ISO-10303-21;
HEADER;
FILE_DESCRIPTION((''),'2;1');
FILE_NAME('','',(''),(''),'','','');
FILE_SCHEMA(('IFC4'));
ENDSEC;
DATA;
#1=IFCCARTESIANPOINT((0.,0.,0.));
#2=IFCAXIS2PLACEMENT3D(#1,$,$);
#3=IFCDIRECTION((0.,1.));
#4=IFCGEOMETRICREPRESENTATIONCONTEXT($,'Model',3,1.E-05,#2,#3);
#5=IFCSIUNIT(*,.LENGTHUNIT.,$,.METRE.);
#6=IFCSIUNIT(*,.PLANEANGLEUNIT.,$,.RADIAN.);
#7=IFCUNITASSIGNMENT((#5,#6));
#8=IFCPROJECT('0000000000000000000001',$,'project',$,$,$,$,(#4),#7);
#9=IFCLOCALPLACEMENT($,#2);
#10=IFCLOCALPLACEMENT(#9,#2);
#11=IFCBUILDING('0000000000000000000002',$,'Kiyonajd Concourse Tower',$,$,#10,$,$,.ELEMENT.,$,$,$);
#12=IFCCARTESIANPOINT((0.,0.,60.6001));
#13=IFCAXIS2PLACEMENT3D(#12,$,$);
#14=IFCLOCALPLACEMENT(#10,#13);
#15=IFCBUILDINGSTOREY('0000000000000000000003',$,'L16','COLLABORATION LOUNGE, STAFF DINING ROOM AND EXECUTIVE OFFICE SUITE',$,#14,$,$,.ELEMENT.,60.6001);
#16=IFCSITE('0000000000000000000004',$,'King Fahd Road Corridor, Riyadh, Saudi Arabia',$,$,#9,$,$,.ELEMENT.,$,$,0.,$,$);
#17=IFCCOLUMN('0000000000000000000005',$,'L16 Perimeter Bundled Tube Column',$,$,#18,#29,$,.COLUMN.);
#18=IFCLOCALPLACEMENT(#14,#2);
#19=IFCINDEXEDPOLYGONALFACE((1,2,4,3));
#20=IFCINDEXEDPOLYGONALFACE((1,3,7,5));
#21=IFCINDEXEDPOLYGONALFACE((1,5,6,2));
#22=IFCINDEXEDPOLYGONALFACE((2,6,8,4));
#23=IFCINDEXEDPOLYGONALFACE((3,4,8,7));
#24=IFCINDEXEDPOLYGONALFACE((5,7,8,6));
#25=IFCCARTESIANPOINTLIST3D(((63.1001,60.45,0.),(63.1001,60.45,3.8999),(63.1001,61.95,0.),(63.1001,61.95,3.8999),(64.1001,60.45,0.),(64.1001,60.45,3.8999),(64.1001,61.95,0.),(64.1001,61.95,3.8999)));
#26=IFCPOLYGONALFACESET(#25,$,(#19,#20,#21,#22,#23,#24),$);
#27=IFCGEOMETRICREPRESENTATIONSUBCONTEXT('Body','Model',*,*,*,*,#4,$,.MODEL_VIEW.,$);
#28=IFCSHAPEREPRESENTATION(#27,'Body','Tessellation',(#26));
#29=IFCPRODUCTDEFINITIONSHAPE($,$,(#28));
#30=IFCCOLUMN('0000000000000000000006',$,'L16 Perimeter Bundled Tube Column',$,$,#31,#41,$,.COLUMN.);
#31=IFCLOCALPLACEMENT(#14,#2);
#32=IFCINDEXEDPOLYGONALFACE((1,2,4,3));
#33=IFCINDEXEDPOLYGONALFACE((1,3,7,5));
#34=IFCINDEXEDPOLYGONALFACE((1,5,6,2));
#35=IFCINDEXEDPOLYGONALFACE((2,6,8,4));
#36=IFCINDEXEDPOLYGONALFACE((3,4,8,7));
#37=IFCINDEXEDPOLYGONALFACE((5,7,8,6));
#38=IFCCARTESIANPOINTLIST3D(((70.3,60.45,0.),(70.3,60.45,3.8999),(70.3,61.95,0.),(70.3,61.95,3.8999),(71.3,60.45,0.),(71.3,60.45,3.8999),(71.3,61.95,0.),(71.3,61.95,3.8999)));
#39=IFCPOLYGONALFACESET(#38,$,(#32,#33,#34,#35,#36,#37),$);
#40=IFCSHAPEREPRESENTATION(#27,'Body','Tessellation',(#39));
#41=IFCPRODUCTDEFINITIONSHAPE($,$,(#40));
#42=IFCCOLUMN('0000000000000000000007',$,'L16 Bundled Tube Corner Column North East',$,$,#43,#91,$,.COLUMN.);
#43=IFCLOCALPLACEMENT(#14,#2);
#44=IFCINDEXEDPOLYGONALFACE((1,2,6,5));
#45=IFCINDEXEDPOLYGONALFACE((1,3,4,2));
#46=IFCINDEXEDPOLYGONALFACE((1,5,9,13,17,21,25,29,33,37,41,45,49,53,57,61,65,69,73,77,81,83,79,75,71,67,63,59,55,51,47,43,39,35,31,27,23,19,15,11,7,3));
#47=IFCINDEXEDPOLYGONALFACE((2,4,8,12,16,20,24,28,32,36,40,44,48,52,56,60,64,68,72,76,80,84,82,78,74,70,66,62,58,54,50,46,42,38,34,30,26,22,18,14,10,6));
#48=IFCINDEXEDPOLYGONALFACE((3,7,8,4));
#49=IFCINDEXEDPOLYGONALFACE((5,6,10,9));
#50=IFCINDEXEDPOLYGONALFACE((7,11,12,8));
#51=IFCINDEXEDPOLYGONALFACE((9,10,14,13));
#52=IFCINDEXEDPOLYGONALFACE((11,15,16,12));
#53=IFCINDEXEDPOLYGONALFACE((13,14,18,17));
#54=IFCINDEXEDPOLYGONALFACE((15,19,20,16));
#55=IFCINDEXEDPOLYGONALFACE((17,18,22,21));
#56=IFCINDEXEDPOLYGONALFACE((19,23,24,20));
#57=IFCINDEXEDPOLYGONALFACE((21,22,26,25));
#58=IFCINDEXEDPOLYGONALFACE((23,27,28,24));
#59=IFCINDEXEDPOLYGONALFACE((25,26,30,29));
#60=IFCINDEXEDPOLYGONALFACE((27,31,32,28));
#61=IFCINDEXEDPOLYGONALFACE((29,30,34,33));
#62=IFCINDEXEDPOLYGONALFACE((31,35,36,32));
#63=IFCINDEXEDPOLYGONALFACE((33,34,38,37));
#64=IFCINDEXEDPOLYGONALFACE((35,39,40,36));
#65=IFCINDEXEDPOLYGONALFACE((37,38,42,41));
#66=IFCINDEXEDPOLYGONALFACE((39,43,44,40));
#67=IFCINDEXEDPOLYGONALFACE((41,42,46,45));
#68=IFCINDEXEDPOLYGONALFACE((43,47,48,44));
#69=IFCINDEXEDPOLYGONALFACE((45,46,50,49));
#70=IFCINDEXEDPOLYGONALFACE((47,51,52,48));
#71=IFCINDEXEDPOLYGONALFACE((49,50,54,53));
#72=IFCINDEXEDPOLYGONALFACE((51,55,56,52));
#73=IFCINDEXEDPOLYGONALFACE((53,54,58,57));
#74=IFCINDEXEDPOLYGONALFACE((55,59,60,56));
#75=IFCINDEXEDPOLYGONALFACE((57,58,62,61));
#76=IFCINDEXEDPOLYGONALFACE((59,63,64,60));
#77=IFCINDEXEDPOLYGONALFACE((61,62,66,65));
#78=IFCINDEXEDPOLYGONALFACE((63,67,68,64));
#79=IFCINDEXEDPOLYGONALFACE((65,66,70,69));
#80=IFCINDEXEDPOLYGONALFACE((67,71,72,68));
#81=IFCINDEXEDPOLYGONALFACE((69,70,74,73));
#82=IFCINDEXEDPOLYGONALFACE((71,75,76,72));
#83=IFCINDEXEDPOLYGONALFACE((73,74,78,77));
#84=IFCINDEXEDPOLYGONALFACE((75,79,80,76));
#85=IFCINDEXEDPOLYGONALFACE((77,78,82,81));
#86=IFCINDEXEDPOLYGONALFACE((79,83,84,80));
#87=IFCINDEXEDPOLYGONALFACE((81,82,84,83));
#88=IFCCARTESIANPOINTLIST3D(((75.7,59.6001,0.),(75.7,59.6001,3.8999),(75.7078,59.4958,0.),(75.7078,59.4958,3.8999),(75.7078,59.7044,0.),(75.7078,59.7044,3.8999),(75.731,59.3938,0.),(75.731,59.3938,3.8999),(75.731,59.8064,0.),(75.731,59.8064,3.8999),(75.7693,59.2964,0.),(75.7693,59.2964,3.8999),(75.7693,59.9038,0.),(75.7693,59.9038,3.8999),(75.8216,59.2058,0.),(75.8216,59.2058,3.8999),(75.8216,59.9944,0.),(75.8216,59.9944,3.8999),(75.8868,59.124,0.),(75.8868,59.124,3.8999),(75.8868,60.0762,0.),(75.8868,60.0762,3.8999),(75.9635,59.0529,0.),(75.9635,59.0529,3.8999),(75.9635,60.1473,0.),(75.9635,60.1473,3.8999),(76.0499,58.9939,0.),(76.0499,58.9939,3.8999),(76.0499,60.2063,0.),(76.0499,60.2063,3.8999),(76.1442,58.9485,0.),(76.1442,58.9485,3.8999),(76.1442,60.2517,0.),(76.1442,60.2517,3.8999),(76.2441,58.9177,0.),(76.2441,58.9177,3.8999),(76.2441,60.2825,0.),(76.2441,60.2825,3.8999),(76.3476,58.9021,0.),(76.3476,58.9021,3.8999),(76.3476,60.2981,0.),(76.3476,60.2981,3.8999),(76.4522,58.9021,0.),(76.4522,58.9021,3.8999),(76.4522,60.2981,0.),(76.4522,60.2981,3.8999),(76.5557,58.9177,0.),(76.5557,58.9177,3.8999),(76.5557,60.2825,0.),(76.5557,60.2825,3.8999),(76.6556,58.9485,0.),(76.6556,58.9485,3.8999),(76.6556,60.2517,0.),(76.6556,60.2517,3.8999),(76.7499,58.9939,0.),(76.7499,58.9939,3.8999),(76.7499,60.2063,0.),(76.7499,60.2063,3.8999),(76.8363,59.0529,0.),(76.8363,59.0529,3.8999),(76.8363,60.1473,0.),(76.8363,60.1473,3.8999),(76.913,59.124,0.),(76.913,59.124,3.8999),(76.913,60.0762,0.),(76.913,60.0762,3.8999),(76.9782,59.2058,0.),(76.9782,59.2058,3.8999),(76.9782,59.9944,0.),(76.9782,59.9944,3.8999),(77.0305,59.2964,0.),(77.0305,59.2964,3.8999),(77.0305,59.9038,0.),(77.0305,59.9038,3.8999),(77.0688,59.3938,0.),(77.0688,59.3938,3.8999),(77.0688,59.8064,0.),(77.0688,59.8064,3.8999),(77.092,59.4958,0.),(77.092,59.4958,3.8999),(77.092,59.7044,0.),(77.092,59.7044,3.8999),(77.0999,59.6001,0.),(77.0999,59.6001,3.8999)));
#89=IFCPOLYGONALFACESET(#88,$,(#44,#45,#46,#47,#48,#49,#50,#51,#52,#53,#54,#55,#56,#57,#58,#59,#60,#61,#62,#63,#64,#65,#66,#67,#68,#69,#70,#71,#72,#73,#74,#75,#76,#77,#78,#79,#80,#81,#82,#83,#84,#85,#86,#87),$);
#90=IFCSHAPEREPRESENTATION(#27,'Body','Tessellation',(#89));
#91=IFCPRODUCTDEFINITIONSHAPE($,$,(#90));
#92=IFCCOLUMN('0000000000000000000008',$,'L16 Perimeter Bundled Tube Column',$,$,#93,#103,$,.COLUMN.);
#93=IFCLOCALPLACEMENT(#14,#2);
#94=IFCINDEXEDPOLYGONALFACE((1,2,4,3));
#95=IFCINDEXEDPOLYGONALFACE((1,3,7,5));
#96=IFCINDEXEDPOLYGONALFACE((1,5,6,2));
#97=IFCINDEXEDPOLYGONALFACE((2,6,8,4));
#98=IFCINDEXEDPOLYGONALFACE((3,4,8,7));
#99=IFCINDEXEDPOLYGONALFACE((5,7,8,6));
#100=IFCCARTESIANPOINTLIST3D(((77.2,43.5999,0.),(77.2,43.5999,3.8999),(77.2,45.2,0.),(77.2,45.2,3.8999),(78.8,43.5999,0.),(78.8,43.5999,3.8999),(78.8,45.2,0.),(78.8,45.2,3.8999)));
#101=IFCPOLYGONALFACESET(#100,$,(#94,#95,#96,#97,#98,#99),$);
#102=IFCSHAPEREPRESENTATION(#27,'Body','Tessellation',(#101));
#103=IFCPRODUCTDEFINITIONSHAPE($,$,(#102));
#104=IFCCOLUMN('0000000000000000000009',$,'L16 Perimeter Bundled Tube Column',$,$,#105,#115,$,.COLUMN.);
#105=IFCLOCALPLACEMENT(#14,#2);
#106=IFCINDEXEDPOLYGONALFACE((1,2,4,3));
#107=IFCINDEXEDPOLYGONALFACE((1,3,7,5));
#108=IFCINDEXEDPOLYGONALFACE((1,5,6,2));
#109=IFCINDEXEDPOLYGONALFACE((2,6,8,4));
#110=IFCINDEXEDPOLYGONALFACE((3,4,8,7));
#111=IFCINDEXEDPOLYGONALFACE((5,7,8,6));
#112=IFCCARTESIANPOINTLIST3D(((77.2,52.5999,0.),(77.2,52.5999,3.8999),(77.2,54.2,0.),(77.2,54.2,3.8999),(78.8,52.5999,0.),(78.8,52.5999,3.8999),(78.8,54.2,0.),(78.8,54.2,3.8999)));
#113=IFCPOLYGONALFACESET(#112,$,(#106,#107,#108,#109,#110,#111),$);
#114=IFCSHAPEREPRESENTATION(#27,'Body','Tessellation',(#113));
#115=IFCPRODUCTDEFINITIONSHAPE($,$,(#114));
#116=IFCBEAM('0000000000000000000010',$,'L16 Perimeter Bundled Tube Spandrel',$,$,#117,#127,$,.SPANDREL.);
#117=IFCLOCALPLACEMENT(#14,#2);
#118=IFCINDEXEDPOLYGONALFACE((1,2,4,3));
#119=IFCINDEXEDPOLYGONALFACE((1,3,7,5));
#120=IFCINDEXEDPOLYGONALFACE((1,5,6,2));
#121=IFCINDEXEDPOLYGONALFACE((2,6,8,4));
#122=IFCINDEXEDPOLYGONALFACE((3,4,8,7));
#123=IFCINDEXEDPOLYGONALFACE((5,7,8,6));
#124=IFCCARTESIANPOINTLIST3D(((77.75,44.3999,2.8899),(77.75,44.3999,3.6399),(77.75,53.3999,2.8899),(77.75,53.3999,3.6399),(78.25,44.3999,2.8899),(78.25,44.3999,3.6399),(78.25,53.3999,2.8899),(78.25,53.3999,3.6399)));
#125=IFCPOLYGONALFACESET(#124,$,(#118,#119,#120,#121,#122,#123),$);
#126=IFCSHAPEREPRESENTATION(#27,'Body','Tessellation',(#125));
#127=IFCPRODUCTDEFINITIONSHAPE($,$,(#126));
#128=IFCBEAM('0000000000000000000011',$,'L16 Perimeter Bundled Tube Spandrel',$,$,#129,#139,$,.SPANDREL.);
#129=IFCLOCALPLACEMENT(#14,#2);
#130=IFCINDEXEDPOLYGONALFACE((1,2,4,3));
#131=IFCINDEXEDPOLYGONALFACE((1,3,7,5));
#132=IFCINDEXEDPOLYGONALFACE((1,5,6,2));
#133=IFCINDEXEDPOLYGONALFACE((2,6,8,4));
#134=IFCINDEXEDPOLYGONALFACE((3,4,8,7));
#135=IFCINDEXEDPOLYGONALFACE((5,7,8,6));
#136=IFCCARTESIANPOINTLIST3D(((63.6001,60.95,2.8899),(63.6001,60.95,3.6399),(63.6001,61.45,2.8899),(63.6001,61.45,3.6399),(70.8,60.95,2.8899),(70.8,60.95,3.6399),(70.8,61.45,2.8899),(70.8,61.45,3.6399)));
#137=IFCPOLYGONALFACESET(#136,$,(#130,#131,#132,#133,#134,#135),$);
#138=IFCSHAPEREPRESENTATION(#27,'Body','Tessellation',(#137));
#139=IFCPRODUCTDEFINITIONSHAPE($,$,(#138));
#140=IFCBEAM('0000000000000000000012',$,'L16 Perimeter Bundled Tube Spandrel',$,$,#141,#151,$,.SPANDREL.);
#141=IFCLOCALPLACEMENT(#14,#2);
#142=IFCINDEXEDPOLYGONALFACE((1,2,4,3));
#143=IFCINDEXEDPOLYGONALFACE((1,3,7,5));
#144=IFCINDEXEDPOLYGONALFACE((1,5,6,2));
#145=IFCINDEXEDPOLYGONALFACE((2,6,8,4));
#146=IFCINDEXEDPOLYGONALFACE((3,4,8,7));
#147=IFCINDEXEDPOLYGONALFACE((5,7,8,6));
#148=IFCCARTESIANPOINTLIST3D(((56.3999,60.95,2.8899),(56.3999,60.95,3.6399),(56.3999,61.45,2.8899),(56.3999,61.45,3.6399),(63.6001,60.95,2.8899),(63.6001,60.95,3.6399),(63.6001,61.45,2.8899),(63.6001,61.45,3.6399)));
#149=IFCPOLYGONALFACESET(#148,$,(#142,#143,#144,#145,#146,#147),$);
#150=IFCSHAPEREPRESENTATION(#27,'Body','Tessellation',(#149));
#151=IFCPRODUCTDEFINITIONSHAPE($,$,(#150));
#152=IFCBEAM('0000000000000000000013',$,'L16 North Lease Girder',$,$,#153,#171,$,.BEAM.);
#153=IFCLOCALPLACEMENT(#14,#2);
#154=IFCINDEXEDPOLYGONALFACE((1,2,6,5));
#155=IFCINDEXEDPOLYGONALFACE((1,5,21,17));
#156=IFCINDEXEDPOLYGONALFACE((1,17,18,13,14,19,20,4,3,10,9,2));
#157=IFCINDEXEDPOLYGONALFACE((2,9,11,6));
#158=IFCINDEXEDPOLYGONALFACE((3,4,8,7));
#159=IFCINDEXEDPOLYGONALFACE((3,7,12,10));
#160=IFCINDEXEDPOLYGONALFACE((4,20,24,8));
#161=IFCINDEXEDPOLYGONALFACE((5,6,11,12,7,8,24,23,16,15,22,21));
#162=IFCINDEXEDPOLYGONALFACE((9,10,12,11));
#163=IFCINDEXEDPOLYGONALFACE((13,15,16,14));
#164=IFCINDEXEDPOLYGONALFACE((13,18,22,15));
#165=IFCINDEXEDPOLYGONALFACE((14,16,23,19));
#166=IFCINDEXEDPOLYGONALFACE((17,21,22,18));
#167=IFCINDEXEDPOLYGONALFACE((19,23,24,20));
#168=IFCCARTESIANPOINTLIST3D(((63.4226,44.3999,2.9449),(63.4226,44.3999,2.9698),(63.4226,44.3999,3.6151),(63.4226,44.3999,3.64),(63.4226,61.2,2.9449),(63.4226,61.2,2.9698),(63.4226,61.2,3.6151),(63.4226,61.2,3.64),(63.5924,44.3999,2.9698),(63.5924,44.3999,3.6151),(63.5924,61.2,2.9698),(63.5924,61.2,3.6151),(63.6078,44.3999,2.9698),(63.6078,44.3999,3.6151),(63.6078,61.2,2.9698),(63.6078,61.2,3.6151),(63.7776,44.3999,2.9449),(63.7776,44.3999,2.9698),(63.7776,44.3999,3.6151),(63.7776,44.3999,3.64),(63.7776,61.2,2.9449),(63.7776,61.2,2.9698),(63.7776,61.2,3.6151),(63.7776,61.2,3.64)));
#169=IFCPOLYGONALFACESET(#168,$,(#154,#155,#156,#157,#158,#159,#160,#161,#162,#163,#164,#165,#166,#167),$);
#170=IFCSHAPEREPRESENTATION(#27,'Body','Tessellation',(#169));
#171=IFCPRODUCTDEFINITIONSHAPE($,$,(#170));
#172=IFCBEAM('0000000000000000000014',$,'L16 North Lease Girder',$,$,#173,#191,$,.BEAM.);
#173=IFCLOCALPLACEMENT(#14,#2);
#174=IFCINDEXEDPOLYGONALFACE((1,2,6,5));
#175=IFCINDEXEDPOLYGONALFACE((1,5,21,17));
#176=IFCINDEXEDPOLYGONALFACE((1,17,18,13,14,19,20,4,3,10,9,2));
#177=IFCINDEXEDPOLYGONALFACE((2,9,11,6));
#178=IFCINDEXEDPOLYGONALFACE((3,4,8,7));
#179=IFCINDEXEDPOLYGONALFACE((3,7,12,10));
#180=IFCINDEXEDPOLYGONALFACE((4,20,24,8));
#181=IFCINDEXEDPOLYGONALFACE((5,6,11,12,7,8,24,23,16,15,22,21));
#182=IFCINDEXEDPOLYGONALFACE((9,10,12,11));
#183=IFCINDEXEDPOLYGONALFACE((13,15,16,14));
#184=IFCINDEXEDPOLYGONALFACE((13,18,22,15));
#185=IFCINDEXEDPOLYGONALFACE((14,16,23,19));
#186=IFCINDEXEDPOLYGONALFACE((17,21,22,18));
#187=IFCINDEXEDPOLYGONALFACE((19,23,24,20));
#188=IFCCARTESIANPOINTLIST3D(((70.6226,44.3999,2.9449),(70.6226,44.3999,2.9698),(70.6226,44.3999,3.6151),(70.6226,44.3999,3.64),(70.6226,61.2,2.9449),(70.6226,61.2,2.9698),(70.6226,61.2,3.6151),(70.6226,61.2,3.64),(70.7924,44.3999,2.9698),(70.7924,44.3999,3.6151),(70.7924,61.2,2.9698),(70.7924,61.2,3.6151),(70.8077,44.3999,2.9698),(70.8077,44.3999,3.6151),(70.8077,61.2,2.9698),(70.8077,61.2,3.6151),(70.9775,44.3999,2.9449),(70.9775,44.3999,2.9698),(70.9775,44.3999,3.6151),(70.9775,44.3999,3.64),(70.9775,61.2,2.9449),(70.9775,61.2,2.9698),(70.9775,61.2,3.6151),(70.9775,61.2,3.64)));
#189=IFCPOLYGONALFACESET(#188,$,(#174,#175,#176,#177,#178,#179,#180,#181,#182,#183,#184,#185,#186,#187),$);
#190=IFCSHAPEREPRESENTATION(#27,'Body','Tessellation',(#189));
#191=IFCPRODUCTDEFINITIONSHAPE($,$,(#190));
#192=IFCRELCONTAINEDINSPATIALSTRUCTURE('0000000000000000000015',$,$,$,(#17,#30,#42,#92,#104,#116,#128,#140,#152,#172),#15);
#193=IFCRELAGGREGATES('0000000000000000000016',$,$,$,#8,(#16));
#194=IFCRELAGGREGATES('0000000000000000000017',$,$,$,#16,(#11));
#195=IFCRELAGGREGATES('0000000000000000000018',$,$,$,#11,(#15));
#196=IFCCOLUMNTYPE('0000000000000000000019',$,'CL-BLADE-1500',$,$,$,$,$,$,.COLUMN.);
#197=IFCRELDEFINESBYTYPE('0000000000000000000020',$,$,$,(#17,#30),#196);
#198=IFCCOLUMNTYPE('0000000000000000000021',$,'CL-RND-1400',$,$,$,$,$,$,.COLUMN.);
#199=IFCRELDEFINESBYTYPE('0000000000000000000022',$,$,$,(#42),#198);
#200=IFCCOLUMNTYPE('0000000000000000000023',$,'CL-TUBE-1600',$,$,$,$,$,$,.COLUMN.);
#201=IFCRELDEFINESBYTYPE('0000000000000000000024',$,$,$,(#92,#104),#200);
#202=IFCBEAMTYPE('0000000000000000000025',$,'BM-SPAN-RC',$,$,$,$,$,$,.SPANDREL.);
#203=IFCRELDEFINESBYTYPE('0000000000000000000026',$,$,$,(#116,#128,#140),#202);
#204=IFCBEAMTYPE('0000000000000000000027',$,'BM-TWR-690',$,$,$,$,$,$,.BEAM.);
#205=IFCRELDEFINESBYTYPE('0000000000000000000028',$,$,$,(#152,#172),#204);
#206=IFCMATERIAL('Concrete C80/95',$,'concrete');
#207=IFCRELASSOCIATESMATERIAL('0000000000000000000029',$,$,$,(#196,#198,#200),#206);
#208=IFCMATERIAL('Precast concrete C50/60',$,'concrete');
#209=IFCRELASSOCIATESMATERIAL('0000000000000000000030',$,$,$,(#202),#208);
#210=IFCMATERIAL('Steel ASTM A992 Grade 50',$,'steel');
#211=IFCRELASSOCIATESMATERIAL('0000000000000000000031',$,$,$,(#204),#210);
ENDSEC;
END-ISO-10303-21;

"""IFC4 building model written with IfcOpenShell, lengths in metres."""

from ifc_helpers import new_model, si_unit, direction, frame, origin, origin_2d, place, context, subcontext, project, spatial, rectangle, circle, i_section, extrude, material, material_profile, profile_set, type_object, element, save


model = new_model("IFC4")

# Units and contexts
model_context = context("Model", 3, precision=1e-05, world=origin(), true_north=direction((0.0, 1.0)))
body_context = subcontext(model_context, "Body", "Model", "MODEL_VIEW")
ifc_project = project(units=[si_unit("LENGTHUNIT", "METRE"), si_unit("PLANEANGLEUNIT", "RADIAN")], contexts=[model_context])

# Site, building, storey
site_placement = place(None, origin())
site = spatial("IfcSite", under=ifc_project, at=site_placement, Name="King Fahd Road Corridor, Riyadh, Saudi Arabia", CompositionType="ELEMENT", RefElevation=0.0)
building_placement = place(site_placement, origin())
building = spatial("IfcBuilding", under=site, at=building_placement, Name="Kiyonajd Concourse Tower", CompositionType="ELEMENT")
storey_placement = place(building_placement, frame((0.0, 0.0, 60.6001)))
storey = spatial("IfcBuildingStorey", under=building, at=storey_placement, Name="L16", Description="COLLABORATION LOUNGE, STAFF DINING ROOM AND EXECUTIVE OFFICE SUITE", CompositionType="ELEMENT", Elevation=60.6001)

# Columns
ifc_material_1 = material(Name="Concrete C80/95", Category="concrete")
ifc_material_profile_1 = material_profile(ifc_material_1, rectangle(XDim=1.0, YDim=1.5, at=origin_2d()), Name="RC-1500x1000")
ifc_profile_set_1 = profile_set([ifc_material_profile_1], Name="Concrete C80/95")
column_type_1 = type_object("IfcColumnType", Name="CL-BLADE-1500", PredefinedType="COLUMN", material=ifc_profile_set_1)
for number, where, z_axis, x_axis, name in (
    (1, (63.6001, 61.2, 0.0), (0.0, 0.0, 1.0), (1.0, 0.0, 0.0), "L16 Perimeter Bundled Tube Column"),
    (2, (70.8, 61.2, 0.0), (0.0, 0.0, 1.0), (1.0, 0.0, 0.0), "L16 Perimeter Bundled Tube Column"),
):
    element("IfcColumn", number, at=place(storey_placement, frame(where, z_axis=z_axis, x_axis=x_axis)), inside=storey, type_object=column_type_1, Name=name, PredefinedType="COLUMN", context=body_context, shape_type="SweptSolid", body=[
        extrude(rectangle(XDim=1.0, YDim=1.5, at=origin_2d()), origin(), (0.0, 0.0, 1.0), 3.8999),
    ])
ifc_material_profile_2 = material_profile(ifc_material_1, circle(Radius=0.7, at=origin_2d()), Name="RCC-D1400")
ifc_profile_set_2 = profile_set([ifc_material_profile_2], Name="Concrete C80/95")
column_type_2 = type_object("IfcColumnType", Name="CL-RND-1400", PredefinedType="COLUMN", material=ifc_profile_set_2)
column_placement = place(storey_placement, frame((76.3999, 59.6001, 0.0), z_axis=(0.0, 0.0, 1.0), x_axis=(1.0, 0.0, 0.0)))
element("IfcColumn", 3, at=column_placement, inside=storey, type_object=column_type_2, Name="L16 Bundled Tube Corner Column North East", PredefinedType="COLUMN", context=body_context, shape_type="SweptSolid", body=[
    extrude(circle(Radius=0.7, at=origin_2d()), origin(), (0.0, 0.0, 1.0), 3.8999),
])
ifc_material_profile_3 = material_profile(ifc_material_1, rectangle(XDim=1.6001, YDim=1.6001, at=origin_2d()), Name="RC-1600x1600")
ifc_profile_set_3 = profile_set([ifc_material_profile_3], Name="Concrete C80/95")
column_type_3 = type_object("IfcColumnType", Name="CL-TUBE-1600", PredefinedType="COLUMN", material=ifc_profile_set_3)
for number, where, z_axis, x_axis, name in (
    (4, (78.0, 44.3999, 0.0), (0.0, 0.0, 1.0), (1.0, 0.0, 0.0), "L16 Perimeter Bundled Tube Column"),
    (5, (78.0, 53.3999, 0.0), (0.0, 0.0, 1.0), (1.0, 0.0, 0.0), "L16 Perimeter Bundled Tube Column"),
):
    element("IfcColumn", number, at=place(storey_placement, frame(where, z_axis=z_axis, x_axis=x_axis)), inside=storey, type_object=column_type_3, Name=name, PredefinedType="COLUMN", context=body_context, shape_type="SweptSolid", body=[
        extrude(rectangle(XDim=1.6001, YDim=1.6001, at=origin_2d()), origin(), (0.0, 0.0, 1.0), 3.8999),
    ])

# Beams
ifc_material_2 = material(Name="Precast concrete C50/60", Category="concrete")
ifc_material_profile_4 = material_profile(ifc_material_2, rectangle(XDim=0.5, YDim=0.75, at=origin_2d()), Name="RCBM-500x750")
ifc_profile_set_4 = profile_set([ifc_material_profile_4], Name="Precast concrete C50/60")
beam_type_1 = type_object("IfcBeamType", Name="BM-SPAN-RC", PredefinedType="SPANDREL", material=ifc_profile_set_4)
beam_1_placement = place(storey_placement, frame((78.0, 44.3999, 3.2649), z_axis=(0.0, 1.0, 0.0), x_axis=(-1.0, 0.0, 0.0)))
element("IfcBeam", 6, at=beam_1_placement, inside=storey, type_object=beam_type_1, Name="L16 Perimeter Bundled Tube Spandrel", PredefinedType="SPANDREL", context=body_context, shape_type="SweptSolid", body=[
    extrude(rectangle(XDim=0.5, YDim=0.75, at=origin_2d()), origin(), (0.0, 0.0, 1.0), 9.0),
])
beam_2_placement = place(storey_placement, frame((70.8, 61.2, 3.2649), z_axis=(-1.0, 0.0, 0.0), x_axis=(0.0, -1.0, 0.0)))
element("IfcBeam", 7, at=beam_2_placement, inside=storey, type_object=beam_type_1, Name="L16 Perimeter Bundled Tube Spandrel", PredefinedType="SPANDREL", context=body_context, shape_type="SweptSolid", body=[
    extrude(rectangle(XDim=0.5, YDim=0.75, at=origin_2d()), origin(), (0.0, 0.0, 1.0), 7.2),
])
beam_3_placement = place(storey_placement, frame((63.6001, 61.2, 3.2649), z_axis=(-1.0, 0.0, 0.0), x_axis=(0.0, -1.0, 0.0)))
element("IfcBeam", 8, at=beam_3_placement, inside=storey, type_object=beam_type_1, Name="L16 Perimeter Bundled Tube Spandrel", PredefinedType="SPANDREL", context=body_context, shape_type="SweptSolid", body=[
    extrude(rectangle(XDim=0.5, YDim=0.75, at=origin_2d()), origin(), (0.0, 0.0, 1.0), 7.2002),
])
ifc_material_3 = material(Name="Steel ASTM A992 Grade 50", Category="steel")
ifc_material_profile_5 = material_profile(ifc_material_3, i_section(OverallWidth=0.355, OverallDepth=0.6951, WebThickness=0.0154, FlangeThickness=0.0249, at=origin_2d()), Name="W690X217")
ifc_profile_set_5 = profile_set([ifc_material_profile_5], Name="Steel ASTM A992 Grade 50")
beam_type_2 = type_object("IfcBeamType", Name="BM-TWR-690", PredefinedType="BEAM", material=ifc_profile_set_5)
for number, where, z_axis, x_axis, name in (
    (9, (63.6001, 44.3999, 3.2925), (0.0, 1.0, 0.0), (-1.0, 0.0, 0.0), "L16 North Lease Girder"),
    (10, (70.8, 44.3999, 3.2925), (0.0, 1.0, 0.0), (-1.0, 0.0, 0.0), "L16 North Lease Girder"),
):
    element("IfcBeam", number, at=place(storey_placement, frame(where, z_axis=z_axis, x_axis=x_axis)), inside=storey, type_object=beam_type_2, Name=name, PredefinedType="BEAM", context=body_context, shape_type="SweptSolid", body=[
        extrude(i_section(OverallWidth=0.355, OverallDepth=0.6951, WebThickness=0.0154, FlangeThickness=0.0249, at=origin_2d()), origin(), (0.0, 0.0, 1.0), 16.8),
    ])

save(model, "model.ifc")
